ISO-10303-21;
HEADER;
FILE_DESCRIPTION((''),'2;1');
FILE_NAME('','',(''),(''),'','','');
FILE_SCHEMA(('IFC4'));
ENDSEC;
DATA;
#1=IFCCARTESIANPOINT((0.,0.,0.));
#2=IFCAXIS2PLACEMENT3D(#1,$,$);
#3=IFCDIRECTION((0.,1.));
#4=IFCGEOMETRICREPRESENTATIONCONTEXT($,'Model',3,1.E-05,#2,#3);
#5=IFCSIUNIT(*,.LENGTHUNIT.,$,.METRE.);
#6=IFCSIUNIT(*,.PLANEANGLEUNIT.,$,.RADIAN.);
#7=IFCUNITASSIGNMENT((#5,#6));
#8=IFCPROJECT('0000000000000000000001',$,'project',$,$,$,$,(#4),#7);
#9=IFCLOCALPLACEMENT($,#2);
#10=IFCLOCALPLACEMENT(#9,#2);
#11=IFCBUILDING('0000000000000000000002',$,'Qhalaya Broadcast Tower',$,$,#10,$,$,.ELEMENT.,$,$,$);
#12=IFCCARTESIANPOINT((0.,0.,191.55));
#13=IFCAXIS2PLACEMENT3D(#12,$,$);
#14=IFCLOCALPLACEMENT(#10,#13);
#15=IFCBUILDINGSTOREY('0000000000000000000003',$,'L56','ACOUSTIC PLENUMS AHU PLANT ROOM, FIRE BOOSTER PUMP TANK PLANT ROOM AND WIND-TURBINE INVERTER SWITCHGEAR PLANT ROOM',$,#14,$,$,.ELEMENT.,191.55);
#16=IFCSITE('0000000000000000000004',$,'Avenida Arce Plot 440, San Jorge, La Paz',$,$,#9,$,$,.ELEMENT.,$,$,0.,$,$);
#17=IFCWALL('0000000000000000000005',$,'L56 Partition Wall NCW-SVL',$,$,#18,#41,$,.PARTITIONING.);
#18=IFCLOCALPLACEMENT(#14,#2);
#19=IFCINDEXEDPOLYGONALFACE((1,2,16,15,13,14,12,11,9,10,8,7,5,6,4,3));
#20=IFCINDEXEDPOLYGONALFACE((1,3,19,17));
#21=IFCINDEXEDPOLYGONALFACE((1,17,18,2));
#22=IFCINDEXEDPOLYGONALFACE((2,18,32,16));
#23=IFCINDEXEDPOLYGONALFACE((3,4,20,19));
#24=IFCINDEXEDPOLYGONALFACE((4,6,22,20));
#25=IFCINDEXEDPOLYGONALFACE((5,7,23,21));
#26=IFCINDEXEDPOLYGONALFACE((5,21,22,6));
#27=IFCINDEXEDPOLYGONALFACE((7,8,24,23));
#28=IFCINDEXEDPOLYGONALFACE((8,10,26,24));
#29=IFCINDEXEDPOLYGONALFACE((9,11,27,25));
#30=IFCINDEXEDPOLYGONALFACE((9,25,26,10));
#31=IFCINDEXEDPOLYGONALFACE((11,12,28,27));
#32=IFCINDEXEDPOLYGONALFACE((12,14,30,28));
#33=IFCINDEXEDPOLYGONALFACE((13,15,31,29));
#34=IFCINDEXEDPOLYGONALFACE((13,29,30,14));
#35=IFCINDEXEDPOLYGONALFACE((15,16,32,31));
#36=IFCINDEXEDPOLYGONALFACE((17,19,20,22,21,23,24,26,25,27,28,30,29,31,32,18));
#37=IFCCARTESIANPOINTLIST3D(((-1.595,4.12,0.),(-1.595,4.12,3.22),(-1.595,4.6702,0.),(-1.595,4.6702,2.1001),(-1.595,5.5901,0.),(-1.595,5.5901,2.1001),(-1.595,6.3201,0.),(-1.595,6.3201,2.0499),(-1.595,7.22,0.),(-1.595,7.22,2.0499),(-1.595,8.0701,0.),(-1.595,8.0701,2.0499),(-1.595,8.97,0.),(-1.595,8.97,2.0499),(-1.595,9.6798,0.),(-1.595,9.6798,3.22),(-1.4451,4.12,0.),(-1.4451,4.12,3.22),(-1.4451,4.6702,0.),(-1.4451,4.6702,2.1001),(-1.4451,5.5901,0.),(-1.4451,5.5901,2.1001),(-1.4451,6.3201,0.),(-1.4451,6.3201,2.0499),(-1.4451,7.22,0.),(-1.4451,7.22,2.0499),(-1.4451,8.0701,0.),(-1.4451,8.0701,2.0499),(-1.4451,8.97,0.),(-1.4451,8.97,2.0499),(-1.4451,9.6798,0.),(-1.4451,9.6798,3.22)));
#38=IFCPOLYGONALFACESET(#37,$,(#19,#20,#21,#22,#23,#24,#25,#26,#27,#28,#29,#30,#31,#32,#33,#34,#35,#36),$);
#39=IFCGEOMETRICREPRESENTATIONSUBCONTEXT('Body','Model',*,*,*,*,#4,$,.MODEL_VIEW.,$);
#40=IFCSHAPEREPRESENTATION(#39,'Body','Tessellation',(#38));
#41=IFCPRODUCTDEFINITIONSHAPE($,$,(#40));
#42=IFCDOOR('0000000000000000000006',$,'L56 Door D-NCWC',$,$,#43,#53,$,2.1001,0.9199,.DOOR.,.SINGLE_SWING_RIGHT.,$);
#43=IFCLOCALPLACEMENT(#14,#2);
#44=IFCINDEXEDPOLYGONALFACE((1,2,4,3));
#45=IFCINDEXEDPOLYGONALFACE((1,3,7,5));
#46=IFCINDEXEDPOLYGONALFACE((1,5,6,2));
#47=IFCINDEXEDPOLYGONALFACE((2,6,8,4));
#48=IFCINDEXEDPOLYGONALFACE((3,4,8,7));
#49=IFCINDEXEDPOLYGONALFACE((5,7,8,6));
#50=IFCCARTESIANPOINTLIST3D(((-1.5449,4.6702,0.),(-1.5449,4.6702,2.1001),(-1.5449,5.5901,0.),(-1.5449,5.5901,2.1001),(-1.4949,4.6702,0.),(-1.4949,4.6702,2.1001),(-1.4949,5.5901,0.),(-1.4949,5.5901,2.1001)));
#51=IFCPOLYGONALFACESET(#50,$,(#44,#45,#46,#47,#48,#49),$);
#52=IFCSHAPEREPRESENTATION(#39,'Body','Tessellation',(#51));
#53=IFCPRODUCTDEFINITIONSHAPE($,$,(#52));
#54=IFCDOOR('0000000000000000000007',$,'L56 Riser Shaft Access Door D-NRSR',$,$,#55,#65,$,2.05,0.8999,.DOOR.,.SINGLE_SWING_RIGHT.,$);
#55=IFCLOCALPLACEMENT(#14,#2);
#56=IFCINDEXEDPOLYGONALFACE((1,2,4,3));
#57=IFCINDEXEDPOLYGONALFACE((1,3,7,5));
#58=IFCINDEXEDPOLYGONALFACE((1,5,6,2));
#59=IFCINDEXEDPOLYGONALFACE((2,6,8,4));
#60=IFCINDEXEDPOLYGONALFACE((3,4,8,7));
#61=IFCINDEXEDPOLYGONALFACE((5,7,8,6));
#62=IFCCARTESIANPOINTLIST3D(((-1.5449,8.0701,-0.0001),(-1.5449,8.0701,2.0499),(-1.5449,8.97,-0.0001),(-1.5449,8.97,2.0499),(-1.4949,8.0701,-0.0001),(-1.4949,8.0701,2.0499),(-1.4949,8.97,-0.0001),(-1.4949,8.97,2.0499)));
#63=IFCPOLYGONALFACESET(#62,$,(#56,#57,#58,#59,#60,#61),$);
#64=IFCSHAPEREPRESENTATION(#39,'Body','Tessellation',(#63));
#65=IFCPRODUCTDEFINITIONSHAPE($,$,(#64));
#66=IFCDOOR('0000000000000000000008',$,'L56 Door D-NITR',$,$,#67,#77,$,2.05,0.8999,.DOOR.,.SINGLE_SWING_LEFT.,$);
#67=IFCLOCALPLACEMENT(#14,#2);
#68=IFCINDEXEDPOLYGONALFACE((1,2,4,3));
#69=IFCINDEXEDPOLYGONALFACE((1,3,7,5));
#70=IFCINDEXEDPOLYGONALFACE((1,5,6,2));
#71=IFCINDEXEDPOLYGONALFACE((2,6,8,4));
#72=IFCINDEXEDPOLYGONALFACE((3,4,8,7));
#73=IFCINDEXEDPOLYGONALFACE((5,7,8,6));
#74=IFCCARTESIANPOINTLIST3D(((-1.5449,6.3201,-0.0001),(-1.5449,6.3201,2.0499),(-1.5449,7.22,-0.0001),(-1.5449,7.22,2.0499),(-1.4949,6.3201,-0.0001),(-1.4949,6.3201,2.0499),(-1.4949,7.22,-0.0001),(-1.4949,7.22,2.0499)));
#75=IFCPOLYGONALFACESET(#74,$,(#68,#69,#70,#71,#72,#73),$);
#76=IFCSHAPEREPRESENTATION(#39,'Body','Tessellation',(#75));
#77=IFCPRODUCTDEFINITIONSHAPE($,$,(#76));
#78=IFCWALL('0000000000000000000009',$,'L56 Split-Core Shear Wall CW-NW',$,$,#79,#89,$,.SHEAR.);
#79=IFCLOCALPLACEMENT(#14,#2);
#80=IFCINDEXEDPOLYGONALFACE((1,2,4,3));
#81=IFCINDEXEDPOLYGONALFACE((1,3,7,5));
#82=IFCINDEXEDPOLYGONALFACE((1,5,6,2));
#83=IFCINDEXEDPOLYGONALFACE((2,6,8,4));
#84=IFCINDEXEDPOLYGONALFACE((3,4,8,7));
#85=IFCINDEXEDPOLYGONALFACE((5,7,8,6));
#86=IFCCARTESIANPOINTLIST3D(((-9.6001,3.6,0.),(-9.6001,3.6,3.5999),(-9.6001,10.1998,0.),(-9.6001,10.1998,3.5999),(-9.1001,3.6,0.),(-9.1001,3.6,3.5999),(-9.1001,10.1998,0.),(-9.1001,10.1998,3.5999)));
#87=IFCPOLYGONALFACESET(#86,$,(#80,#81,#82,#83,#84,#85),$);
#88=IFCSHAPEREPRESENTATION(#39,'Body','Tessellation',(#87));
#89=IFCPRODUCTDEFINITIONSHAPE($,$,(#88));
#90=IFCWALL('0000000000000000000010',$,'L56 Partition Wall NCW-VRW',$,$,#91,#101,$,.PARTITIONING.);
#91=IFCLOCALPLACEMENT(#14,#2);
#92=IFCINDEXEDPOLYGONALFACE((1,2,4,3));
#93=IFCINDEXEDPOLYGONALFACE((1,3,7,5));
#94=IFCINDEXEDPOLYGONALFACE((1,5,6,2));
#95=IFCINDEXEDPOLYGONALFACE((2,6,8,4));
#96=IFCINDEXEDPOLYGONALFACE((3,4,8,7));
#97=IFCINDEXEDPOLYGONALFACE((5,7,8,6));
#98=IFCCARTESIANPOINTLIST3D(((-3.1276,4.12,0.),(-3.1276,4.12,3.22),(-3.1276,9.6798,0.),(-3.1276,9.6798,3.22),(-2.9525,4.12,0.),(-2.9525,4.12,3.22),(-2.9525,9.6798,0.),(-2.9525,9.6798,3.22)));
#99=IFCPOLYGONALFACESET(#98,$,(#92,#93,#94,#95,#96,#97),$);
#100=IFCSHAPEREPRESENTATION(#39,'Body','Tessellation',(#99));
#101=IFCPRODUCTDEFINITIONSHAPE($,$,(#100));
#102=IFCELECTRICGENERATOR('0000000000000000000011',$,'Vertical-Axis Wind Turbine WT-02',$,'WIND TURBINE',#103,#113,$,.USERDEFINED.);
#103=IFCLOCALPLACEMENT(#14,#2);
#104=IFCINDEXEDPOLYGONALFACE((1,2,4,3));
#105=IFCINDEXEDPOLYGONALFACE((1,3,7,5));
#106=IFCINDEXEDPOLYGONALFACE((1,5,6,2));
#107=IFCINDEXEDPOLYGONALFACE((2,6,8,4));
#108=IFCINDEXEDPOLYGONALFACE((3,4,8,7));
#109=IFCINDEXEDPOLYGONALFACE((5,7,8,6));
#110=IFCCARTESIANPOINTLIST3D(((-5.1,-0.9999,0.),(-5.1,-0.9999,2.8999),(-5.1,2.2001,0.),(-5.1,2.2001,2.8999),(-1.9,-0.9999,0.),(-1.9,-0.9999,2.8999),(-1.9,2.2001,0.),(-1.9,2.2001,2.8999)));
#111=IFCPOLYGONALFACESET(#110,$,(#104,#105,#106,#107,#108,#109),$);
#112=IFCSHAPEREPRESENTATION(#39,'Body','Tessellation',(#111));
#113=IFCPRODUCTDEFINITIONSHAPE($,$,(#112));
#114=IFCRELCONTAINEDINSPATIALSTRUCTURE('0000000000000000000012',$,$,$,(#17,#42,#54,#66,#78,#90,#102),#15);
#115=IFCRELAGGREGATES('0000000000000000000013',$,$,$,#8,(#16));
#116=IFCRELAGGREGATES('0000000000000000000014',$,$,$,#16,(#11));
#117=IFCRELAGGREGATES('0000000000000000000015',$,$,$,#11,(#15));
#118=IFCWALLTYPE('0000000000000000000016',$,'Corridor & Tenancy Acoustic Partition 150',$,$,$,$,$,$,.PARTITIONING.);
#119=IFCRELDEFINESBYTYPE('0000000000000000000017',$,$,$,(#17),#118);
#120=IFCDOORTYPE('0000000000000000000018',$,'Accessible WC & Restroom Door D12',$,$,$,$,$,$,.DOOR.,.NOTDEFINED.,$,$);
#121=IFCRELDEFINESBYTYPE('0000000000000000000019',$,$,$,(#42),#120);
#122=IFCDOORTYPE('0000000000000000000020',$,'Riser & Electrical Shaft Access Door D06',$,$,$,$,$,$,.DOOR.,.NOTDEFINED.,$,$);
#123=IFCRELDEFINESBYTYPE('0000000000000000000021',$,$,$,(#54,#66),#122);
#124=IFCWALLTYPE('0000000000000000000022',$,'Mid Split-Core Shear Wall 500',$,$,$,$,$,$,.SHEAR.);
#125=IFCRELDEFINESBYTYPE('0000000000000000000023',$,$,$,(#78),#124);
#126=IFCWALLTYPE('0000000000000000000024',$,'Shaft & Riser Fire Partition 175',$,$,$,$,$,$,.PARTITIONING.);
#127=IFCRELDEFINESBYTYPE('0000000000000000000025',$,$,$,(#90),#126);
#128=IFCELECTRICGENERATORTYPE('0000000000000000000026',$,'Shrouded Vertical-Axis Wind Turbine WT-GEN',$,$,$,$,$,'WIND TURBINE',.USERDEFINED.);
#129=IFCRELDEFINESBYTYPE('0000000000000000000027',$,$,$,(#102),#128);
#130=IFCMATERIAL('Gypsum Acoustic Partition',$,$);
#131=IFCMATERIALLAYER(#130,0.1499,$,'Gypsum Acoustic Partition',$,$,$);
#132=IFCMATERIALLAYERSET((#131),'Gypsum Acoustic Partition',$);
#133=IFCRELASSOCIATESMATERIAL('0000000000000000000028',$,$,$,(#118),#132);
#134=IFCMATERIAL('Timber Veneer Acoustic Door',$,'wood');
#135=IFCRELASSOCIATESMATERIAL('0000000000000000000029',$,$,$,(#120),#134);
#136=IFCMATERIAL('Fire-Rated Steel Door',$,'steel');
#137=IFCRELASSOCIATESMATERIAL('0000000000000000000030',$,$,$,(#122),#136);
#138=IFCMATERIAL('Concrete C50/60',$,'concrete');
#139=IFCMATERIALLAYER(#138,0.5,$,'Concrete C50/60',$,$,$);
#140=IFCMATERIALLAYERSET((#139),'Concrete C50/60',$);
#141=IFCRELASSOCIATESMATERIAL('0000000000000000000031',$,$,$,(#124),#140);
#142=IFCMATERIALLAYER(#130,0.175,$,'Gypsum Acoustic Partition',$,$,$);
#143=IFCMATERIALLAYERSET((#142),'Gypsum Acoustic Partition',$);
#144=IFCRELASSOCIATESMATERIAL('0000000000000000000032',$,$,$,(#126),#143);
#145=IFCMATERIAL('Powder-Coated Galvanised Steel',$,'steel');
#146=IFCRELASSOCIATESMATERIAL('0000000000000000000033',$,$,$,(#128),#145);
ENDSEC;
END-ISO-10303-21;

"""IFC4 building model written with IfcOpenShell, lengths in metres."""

from ifc_helpers import new_model, si_unit, direction, frame, frame_2d, origin, origin_2d, place, context, subcontext, project, spatial, rectangle, extrude, material, layer, layer_set, type_object, element, fill, save


model = new_model("IFC4")

# Units and contexts
model_context = context("Model", 3, precision=1e-05, world=origin(), true_north=direction((0.0, 1.0)))
body_context = subcontext(model_context, "Body", "Model", "MODEL_VIEW")
ifc_project = project(units=[si_unit("LENGTHUNIT", "METRE"), si_unit("PLANEANGLEUNIT", "RADIAN")], contexts=[model_context])

# Site, building, storey
site_placement = place(None, origin())
site = spatial("IfcSite", under=ifc_project, at=site_placement, Name="Avenida Arce Plot 440, San Jorge, La Paz", CompositionType="ELEMENT", RefElevation=0.0)
building_placement = place(site_placement, origin())
building = spatial("IfcBuilding", under=site, at=building_placement, Name="Qhalaya Broadcast Tower", CompositionType="ELEMENT")
storey_placement = place(building_placement, frame((0.0, 0.0, 191.55)))
storey = spatial("IfcBuildingStorey", under=building, at=storey_placement, Name="L56", Description="ACOUSTIC PLENUMS AHU PLANT ROOM, FIRE BOOSTER PUMP TANK PLANT ROOM AND WIND-TURBINE INVERTER SWITCHGEAR PLANT ROOM", CompositionType="ELEMENT", Elevation=191.55)

# Wall, openings, doors
ifc_material_1 = material(Name="Gypsum Acoustic Partition")
ifc_layer_1 = layer(ifc_material_1, 0.1499, Name="Gypsum Acoustic Partition")
ifc_layer_set_1 = layer_set([ifc_layer_1], Name="Gypsum Acoustic Partition")
wall_type_1 = type_object("IfcWallType", Name="Corridor & Tenancy Acoustic Partition 150", PredefinedType="PARTITIONING", material=ifc_layer_set_1)
wall_1_placement = place(storey_placement, frame((-1.52, 4.1201, 0.0), z_axis=(0.0, 0.0, 1.0), x_axis=(0.0, 1.0, 0.0)))
wall_1 = element("IfcWall", 1, at=wall_1_placement, inside=storey, type_object=wall_type_1, Name="L56 Partition Wall NCW-SVL", PredefinedType="PARTITIONING", context=body_context, shape_type="SweptSolid", body=[
    extrude(rectangle(XDim=5.5598, YDim=0.1499, at=frame_2d((2.7798, 0.0))), origin(), (0.0, 0.0, 1.0), 3.22),
])
opening_1_placement = place(wall_1_placement, frame((3.95, 0.0, 0.0)))
opening_1 = element("IfcOpeningElement", 2, at=opening_1_placement, cuts=wall_1, PredefinedType="OPENING", context=body_context, shape_type="SweptSolid", body=[
    extrude(rectangle(XDim=0.8999, YDim=2.05, at=frame_2d((0.45, 1.0249))), frame((0.0, 0.0869, 0.0), z_axis=(0.0, -1.0, 0.0), x_axis=(1.0, 0.0, 0.0)), (0.0, 0.0, 1.0), 0.1738),
])
opening_2_placement = place(wall_1_placement, frame((2.2, 0.0, 0.0)))
opening_2 = element("IfcOpeningElement", 3, at=opening_2_placement, cuts=wall_1, PredefinedType="OPENING", context=body_context, shape_type="SweptSolid", body=[
    extrude(rectangle(XDim=0.8999, YDim=2.05, at=frame_2d((0.45, 1.0249))), frame((0.0, 0.0869, 0.0), z_axis=(0.0, -1.0, 0.0), x_axis=(1.0, 0.0, 0.0)), (0.0, 0.0, 1.0), 0.1738),
])
opening_3_placement = place(wall_1_placement, frame((0.55, 0.0, 0.0)))
opening_3 = element("IfcOpeningElement", 4, at=opening_3_placement, cuts=wall_1, PredefinedType="OPENING", context=body_context, shape_type="SweptSolid", body=[
    extrude(rectangle(XDim=0.9199, YDim=2.1001, at=frame_2d((0.46, 1.05))), frame((0.0, 0.0869, 0.0), z_axis=(0.0, -1.0, 0.0), x_axis=(1.0, 0.0, 0.0)), (0.0, 0.0, 1.0), 0.1738),
])
ifc_material_2 = material(Name="Timber Veneer Acoustic Door", Category="wood")
door_type_1 = type_object("IfcDoorType", Name="Accessible WC & Restroom Door D12", OperationType="NOTDEFINED", PredefinedType="DOOR", material=ifc_material_2)
door_1_placement = place(opening_3_placement, origin())
door_1 = element("IfcDoor", 5, at=door_1_placement, inside=storey, type_object=door_type_1, Name="L56 Door D-NCWC", OperationType="SINGLE_SWING_RIGHT", OverallHeight=2.1001, OverallWidth=0.9199, PredefinedType="DOOR", context=body_context, shape_type="SweptSolid", body=[
    extrude(rectangle(XDim=0.9199, YDim=2.1001, at=frame_2d((0.46, 1.05))), frame((0.0, 0.0249, 0.0), z_axis=(0.0, -1.0, 0.0), x_axis=(1.0, 0.0, 0.0)), (0.0, 0.0, 1.0), 0.05),
])
fill(opening_3, door_1)
ifc_material_3 = material(Name="Fire-Rated Steel Door", Category="steel")
door_type_2 = type_object("IfcDoorType", Name="Riser & Electrical Shaft Access Door D06", OperationType="NOTDEFINED", PredefinedType="DOOR", material=ifc_material_3)
door_2_placement = place(opening_1_placement, origin())
door_2 = element("IfcDoor", 6, at=door_2_placement, inside=storey, type_object=door_type_2, Name="L56 Riser Shaft Access Door D-NRSR", OperationType="SINGLE_SWING_RIGHT", OverallHeight=2.05, OverallWidth=0.8999, PredefinedType="DOOR", context=body_context, shape_type="SweptSolid", body=[
    extrude(rectangle(XDim=0.8999, YDim=2.05, at=frame_2d((0.45, 1.0249))), frame((0.0, 0.0249, 0.0), z_axis=(0.0, -1.0, 0.0), x_axis=(1.0, 0.0, 0.0)), (0.0, 0.0, 1.0), 0.05),
])
fill(opening_1, door_2)
door_3_placement = place(opening_2_placement, origin())
door_3 = element("IfcDoor", 7, at=door_3_placement, inside=storey, type_object=door_type_2, Name="L56 Door D-NITR", OperationType="SINGLE_SWING_LEFT", OverallHeight=2.05, OverallWidth=0.8999, PredefinedType="DOOR", context=body_context, shape_type="SweptSolid", body=[
    extrude(rectangle(XDim=0.8999, YDim=2.05, at=frame_2d((0.45, 1.0249))), frame((0.0, 0.0249, 0.0), z_axis=(0.0, -1.0, 0.0), x_axis=(1.0, 0.0, 0.0)), (0.0, 0.0, 1.0), 0.05),
])
fill(opening_2, door_3)

# Walls
ifc_material_4 = material(Name="Concrete C50/60", Category="concrete")
ifc_layer_2 = layer(ifc_material_4, 0.5, Name="Concrete C50/60")
ifc_layer_set_2 = layer_set([ifc_layer_2], Name="Concrete C50/60")
wall_type_2 = type_object("IfcWallType", Name="Mid Split-Core Shear Wall 500", PredefinedType="SHEAR", material=ifc_layer_set_2)
wall_2_placement = place(storey_placement, frame((-9.3501, 3.6001, 0.0), z_axis=(0.0, 0.0, 1.0), x_axis=(0.0, 1.0, 0.0)))
element("IfcWall", 8, at=wall_2_placement, inside=storey, type_object=wall_type_2, Name="L56 Split-Core Shear Wall CW-NW", PredefinedType="SHEAR", context=body_context, shape_type="SweptSolid", body=[
    extrude(rectangle(XDim=6.5999, YDim=0.5, at=frame_2d((3.2998, 0.0))), origin(), (0.0, 0.0, 1.0), 3.5999),
])
ifc_layer_3 = layer(ifc_material_1, 0.175, Name="Gypsum Acoustic Partition")
ifc_layer_set_3 = layer_set([ifc_layer_3], Name="Gypsum Acoustic Partition")
wall_type_3 = type_object("IfcWallType", Name="Shaft & Riser Fire Partition 175", PredefinedType="PARTITIONING", material=ifc_layer_set_3)
wall_3_placement = place(storey_placement, frame((-3.04, 4.1201, 0.0), z_axis=(0.0, 0.0, 1.0), x_axis=(0.0, 1.0, 0.0)))
element("IfcWall", 9, at=wall_3_placement, inside=storey, type_object=wall_type_3, Name="L56 Partition Wall NCW-VRW", PredefinedType="PARTITIONING", context=body_context, shape_type="SweptSolid", body=[
    extrude(rectangle(XDim=5.5598, YDim=0.175, at=frame_2d((2.7798, 0.0))), origin(), (0.0, 0.0, 1.0), 3.22),
])

# Electric generator
ifc_material_5 = material(Name="Powder-Coated Galvanised Steel", Category="steel")
electric_generator_type = type_object("IfcElectricGeneratorType", Name="Shrouded Vertical-Axis Wind Turbine WT-GEN", ElementType="WIND TURBINE", PredefinedType="USERDEFINED", material=ifc_material_5)
electric_generator_placement = place(storey_placement, frame((-3.5, 0.6001, 0.0), z_axis=(0.0, 0.0, 1.0), x_axis=(1.0, 0.0, 0.0)))
element("IfcElectricGenerator", 10, at=electric_generator_placement, inside=storey, type_object=electric_generator_type, Name="Vertical-Axis Wind Turbine WT-02", ObjectType="WIND TURBINE", PredefinedType="USERDEFINED", context=body_context, shape_type="SweptSolid", body=[
    extrude(rectangle(XDim=3.2, YDim=3.2, at=origin_2d()), origin(), (0.0, 0.0, 1.0), 2.8999),
])

save(model, "model.ifc")
